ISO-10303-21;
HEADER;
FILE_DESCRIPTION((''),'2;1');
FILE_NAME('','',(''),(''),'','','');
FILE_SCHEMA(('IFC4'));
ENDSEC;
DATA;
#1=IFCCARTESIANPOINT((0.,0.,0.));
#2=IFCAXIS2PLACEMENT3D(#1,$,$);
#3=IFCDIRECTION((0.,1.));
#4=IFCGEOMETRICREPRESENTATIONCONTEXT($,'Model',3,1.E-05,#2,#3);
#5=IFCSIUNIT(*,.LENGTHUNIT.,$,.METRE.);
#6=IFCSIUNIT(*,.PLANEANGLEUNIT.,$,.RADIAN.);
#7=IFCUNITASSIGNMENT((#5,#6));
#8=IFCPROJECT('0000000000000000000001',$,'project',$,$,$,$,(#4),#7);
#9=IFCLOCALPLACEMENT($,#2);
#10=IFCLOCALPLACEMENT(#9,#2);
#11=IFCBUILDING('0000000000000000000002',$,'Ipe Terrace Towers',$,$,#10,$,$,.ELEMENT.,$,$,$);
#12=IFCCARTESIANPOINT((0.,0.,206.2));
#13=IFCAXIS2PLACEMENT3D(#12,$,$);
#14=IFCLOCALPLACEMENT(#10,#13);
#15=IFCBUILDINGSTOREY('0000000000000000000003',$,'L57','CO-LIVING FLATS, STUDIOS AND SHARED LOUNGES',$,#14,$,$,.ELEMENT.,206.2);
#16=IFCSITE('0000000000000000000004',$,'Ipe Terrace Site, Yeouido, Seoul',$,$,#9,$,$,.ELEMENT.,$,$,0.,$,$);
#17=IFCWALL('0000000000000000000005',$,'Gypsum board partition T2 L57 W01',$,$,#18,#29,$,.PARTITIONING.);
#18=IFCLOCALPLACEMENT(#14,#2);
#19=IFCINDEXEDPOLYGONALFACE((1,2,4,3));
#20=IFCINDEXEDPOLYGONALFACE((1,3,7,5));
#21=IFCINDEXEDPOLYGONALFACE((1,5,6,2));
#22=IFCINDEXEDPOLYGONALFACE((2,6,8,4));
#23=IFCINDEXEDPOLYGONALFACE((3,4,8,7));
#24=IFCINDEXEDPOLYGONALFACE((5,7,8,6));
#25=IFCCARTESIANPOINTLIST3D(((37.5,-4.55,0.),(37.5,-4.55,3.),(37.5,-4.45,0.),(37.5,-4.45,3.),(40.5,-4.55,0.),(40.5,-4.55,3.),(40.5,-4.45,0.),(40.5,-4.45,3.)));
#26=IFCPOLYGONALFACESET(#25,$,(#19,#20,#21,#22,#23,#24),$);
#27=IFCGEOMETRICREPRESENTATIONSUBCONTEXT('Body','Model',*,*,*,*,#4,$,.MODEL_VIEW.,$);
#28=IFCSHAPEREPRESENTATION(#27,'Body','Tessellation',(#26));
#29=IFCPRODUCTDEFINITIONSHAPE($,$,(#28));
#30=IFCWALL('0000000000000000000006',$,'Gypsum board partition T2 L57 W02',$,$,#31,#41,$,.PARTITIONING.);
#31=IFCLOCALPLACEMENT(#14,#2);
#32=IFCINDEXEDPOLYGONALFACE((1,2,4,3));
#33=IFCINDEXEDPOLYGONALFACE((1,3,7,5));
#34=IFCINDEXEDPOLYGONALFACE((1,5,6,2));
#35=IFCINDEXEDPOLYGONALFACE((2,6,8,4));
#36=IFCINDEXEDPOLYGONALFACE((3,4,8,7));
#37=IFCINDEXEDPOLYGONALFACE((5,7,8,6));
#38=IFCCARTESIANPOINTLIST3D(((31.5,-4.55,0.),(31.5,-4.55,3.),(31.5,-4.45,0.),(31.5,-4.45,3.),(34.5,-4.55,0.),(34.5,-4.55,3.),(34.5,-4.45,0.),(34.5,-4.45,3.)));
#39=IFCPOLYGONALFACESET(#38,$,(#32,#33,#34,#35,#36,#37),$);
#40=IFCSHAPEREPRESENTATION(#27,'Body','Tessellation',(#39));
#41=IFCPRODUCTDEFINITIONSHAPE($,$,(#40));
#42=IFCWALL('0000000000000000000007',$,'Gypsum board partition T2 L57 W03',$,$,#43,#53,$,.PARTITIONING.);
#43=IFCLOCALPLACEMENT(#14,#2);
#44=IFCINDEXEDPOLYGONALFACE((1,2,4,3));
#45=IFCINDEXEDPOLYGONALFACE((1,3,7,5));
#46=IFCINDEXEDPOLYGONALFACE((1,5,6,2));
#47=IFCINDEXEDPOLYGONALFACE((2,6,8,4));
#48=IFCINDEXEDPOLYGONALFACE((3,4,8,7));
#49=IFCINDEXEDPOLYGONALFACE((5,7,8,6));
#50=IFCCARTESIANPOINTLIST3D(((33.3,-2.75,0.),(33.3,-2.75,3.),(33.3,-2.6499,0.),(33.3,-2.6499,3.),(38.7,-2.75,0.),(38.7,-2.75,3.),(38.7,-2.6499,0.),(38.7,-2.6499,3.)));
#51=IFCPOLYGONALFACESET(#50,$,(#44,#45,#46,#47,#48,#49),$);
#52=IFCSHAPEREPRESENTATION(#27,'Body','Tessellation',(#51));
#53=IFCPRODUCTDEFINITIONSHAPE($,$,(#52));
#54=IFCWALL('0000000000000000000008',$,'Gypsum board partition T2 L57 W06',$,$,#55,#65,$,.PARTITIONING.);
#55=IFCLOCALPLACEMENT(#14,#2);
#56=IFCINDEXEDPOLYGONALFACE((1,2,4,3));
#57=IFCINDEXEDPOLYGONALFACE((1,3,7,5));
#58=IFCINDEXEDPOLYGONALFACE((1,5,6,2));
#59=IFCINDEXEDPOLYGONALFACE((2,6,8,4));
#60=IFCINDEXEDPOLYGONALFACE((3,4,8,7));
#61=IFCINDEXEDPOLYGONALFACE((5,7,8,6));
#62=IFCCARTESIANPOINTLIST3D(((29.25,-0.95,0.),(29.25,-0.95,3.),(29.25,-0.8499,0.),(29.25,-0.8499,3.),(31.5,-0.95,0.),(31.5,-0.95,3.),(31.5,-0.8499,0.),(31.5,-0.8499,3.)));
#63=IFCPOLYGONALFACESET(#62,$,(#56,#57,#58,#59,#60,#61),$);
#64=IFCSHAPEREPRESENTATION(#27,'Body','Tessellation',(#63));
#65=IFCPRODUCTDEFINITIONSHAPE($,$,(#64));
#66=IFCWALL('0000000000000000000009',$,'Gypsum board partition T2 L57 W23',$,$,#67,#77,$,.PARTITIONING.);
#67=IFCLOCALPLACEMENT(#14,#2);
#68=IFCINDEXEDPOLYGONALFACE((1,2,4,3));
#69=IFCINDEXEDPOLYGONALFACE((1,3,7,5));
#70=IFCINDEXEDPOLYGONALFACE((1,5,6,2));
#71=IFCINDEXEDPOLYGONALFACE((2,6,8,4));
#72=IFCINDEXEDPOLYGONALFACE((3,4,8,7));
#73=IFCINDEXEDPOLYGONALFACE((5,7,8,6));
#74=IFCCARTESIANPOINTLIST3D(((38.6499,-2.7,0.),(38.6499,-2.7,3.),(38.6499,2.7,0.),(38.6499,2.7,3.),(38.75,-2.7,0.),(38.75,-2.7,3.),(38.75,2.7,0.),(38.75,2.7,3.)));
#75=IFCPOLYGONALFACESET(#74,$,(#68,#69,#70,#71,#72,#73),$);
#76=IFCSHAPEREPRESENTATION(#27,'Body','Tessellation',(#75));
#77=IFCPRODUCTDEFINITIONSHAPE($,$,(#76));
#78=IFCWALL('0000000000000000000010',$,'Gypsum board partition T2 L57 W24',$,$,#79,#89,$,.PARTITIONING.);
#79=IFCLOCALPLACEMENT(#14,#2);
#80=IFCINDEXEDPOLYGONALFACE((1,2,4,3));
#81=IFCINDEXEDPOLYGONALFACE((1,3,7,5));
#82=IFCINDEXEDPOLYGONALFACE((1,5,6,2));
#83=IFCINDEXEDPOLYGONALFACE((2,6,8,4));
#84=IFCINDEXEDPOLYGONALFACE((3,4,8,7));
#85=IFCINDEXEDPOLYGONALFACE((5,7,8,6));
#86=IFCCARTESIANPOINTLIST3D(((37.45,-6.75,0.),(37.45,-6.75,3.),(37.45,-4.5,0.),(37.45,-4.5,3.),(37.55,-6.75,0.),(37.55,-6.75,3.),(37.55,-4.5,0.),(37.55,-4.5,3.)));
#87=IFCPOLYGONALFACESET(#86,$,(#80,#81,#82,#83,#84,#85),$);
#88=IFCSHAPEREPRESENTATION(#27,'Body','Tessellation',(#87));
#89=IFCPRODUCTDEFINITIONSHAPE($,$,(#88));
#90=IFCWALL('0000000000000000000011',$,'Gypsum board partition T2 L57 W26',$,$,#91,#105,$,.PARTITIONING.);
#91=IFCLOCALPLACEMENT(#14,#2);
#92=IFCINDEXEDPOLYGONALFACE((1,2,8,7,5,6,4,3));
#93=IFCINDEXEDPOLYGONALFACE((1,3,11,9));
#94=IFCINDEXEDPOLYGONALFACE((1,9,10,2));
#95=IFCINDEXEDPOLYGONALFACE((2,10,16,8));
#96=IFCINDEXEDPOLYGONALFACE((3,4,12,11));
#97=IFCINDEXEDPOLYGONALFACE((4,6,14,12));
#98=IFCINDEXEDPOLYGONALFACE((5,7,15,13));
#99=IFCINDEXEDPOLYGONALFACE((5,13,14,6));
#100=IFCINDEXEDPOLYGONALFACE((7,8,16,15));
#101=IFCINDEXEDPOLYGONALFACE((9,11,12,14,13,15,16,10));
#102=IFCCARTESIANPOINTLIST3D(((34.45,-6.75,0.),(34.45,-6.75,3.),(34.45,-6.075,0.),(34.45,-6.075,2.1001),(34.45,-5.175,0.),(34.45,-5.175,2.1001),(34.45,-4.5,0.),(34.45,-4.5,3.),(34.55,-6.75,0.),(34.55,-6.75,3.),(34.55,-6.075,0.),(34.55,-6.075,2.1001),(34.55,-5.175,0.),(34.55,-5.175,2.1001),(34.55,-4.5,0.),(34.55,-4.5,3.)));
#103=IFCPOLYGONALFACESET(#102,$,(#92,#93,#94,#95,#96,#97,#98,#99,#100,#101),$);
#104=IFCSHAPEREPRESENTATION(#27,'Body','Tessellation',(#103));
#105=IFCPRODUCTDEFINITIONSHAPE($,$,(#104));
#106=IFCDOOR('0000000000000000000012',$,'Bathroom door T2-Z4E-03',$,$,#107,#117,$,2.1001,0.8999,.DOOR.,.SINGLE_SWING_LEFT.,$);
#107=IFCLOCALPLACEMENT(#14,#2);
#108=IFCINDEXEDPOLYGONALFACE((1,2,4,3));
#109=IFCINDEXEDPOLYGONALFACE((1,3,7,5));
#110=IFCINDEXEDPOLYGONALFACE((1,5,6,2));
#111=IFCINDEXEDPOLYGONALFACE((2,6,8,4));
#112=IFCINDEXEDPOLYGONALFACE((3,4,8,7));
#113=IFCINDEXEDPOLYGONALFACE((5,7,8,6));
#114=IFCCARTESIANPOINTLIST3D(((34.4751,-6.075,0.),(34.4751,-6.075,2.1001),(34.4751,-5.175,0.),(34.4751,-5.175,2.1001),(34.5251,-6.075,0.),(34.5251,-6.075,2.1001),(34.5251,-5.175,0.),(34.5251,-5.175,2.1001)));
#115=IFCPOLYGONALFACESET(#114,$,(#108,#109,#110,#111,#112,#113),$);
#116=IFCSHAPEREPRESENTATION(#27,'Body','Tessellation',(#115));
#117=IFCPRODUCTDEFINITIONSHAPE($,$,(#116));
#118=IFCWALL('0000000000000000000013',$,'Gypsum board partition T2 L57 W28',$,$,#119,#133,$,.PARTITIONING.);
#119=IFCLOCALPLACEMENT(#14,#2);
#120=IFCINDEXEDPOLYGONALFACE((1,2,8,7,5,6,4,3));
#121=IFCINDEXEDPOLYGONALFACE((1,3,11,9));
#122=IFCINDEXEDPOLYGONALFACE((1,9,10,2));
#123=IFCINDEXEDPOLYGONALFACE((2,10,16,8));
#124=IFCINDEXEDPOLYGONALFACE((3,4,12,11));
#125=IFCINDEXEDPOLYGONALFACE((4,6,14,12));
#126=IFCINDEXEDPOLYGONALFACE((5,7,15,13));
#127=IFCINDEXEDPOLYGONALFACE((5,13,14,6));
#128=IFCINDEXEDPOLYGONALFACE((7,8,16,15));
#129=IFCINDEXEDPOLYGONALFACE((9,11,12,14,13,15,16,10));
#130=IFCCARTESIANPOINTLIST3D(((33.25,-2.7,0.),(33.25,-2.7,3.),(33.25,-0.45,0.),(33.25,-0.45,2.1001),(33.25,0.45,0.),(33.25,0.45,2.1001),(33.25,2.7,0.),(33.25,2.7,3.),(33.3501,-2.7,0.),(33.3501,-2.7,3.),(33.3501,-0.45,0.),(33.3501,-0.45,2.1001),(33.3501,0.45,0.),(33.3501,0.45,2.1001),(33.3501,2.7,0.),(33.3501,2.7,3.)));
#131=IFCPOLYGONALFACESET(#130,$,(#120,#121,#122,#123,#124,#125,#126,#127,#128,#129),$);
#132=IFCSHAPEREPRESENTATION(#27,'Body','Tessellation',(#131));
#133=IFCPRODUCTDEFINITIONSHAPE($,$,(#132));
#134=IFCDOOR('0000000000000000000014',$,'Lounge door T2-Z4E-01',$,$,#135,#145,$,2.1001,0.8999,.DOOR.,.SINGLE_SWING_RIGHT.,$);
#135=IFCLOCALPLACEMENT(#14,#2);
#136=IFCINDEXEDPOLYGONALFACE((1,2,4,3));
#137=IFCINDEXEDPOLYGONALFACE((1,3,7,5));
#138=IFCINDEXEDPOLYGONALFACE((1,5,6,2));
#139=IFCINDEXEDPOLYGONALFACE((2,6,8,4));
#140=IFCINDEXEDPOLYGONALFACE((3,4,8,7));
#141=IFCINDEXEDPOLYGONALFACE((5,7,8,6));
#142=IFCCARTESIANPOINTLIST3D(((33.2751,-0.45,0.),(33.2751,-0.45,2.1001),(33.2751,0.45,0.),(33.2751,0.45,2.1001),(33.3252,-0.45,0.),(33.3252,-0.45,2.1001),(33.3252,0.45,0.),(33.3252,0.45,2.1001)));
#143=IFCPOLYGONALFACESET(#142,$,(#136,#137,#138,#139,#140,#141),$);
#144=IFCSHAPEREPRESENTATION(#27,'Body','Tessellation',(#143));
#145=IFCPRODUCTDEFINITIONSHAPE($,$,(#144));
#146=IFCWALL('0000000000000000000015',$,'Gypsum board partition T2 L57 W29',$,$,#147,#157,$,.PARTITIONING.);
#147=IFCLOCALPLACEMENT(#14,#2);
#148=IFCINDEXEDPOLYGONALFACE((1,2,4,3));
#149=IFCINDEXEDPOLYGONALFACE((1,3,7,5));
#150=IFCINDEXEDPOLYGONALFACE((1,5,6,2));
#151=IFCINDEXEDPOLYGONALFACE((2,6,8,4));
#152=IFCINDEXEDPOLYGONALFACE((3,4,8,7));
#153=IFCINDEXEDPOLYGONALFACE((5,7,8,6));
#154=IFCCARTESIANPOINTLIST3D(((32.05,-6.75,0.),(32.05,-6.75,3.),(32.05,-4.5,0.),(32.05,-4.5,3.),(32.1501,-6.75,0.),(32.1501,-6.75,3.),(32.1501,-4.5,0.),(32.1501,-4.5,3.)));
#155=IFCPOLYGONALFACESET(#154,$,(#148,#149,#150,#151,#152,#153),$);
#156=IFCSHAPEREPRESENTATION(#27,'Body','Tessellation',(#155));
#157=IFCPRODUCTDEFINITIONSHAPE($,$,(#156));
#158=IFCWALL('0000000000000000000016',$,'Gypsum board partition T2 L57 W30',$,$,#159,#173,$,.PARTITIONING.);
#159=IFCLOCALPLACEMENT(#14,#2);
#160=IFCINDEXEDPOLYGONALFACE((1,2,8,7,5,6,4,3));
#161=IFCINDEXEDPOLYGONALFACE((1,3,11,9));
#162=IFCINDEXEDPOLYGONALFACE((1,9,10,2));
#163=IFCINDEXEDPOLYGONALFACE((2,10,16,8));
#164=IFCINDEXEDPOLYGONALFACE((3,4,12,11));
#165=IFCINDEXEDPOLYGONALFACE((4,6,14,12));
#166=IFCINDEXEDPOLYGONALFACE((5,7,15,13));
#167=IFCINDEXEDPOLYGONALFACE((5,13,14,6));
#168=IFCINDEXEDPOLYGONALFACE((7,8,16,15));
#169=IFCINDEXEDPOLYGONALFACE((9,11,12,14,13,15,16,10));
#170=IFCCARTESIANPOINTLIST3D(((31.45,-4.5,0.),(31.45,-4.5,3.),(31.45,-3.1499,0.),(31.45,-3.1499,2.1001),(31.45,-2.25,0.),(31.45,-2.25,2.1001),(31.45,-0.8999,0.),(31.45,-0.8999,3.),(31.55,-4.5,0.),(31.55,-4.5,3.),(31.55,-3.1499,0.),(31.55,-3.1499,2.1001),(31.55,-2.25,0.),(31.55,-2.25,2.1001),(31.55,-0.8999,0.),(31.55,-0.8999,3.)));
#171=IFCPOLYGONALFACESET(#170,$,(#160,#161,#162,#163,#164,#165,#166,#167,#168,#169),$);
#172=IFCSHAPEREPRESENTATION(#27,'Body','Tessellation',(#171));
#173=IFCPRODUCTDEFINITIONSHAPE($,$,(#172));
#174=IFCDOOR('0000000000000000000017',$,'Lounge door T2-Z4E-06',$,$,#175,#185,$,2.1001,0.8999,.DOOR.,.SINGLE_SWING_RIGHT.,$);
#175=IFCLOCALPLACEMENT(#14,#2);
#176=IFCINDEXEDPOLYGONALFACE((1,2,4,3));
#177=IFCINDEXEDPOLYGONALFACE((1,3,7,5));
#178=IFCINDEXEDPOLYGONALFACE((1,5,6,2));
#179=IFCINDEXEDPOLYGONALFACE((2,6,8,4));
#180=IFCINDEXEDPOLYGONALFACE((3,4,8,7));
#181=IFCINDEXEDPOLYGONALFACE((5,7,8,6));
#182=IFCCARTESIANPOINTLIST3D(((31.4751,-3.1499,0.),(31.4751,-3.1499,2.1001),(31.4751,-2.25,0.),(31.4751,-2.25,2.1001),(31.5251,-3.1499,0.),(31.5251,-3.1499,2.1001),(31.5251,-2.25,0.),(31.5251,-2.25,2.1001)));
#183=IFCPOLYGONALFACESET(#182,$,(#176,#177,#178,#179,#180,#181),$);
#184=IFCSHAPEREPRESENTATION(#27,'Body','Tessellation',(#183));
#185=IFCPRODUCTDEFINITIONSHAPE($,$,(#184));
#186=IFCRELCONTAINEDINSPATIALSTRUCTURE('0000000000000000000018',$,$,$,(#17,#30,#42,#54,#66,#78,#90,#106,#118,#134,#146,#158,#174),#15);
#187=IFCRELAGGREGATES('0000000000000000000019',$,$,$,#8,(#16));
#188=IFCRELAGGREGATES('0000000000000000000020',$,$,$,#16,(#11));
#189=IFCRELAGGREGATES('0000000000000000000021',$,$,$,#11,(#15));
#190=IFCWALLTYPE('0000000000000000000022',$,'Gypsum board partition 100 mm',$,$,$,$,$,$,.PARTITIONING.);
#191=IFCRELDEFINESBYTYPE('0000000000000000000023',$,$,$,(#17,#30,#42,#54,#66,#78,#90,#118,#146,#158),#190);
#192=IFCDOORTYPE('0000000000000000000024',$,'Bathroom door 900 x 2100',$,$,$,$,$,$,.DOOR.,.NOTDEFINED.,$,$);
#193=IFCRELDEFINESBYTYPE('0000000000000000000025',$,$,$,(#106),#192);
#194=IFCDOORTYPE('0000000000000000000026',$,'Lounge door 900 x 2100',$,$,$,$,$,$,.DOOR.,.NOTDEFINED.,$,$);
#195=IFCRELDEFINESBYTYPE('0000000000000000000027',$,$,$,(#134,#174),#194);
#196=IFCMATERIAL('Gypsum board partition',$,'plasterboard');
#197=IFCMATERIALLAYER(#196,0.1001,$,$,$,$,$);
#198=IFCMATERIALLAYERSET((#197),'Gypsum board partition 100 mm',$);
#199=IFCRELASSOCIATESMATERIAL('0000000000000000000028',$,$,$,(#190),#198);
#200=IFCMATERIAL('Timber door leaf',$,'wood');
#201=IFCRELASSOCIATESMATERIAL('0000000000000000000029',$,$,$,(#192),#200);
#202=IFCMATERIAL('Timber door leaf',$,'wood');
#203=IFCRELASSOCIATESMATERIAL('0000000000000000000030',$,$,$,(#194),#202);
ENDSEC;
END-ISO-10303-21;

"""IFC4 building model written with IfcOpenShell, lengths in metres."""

from ifc_helpers import new_model, si_unit, direction, frame, frame_2d, origin, place, context, subcontext, project, spatial, rectangle, extrude, material, layer, layer_set, type_object, element, fill, save


model = new_model("IFC4")

# Units and contexts
model_context = context("Model", 3, precision=1e-05, world=origin(), true_north=direction((0.0, 1.0)))
body_context = subcontext(model_context, "Body", "Model", "MODEL_VIEW")
ifc_project = project(units=[si_unit("LENGTHUNIT", "METRE"), si_unit("PLANEANGLEUNIT", "RADIAN")], contexts=[model_context])

# Site, building, storey
site_placement = place(None, origin())
site = spatial("IfcSite", under=ifc_project, at=site_placement, Name="Ipe Terrace Site, Yeouido, Seoul", CompositionType="ELEMENT", RefElevation=0.0)
building_placement = place(site_placement, origin())
building = spatial("IfcBuilding", under=site, at=building_placement, Name="Ipe Terrace Towers", CompositionType="ELEMENT")
storey_placement = place(building_placement, frame((0.0, 0.0, 206.2)))
storey = spatial("IfcBuildingStorey", under=building, at=storey_placement, Name="L57", Description="CO-LIVING FLATS, STUDIOS AND SHARED LOUNGES", CompositionType="ELEMENT", Elevation=206.2)

# Walls
ifc_material_1 = material(Name="Gypsum board partition", Category="plasterboard")
ifc_layer_1 = layer(ifc_material_1, 0.1001)
ifc_layer_set_1 = layer_set([ifc_layer_1], Name="Gypsum board partition 100 mm")
wall_type_1 = type_object("IfcWallType", Name="Gypsum board partition 100 mm", PredefinedType="PARTITIONING", material=ifc_layer_set_1)
for number, where, z_axis, x_axis, name in (
    (1, (40.5, -4.5, 0.0), (0.0, 0.0, 1.0), (-1.0, 0.0, 0.0), "Gypsum board partition T2 L57 W01"),
    (2, (34.5, -4.5, 0.0), (0.0, 0.0, 1.0), (-1.0, 0.0, 0.0), "Gypsum board partition T2 L57 W02"),
):
    element("IfcWall", number, at=place(storey_placement, frame(where, z_axis=z_axis, x_axis=x_axis)), inside=storey, type_object=wall_type_1, Name=name, PredefinedType="PARTITIONING", context=body_context, shape_type="SweptSolid", body=[
        extrude(rectangle(XDim=3.0, YDim=0.1001, at=frame_2d((1.5, 0.0))), origin(), (0.0, 0.0, 1.0), 3.0),
    ])
wall_1_placement = place(storey_placement, frame((38.7, -2.7, 0.0), z_axis=(0.0, 0.0, 1.0), x_axis=(-1.0, 0.0, 0.0)))
element("IfcWall", 3, at=wall_1_placement, inside=storey, type_object=wall_type_1, Name="Gypsum board partition T2 L57 W03", PredefinedType="PARTITIONING", context=body_context, shape_type="SweptSolid", body=[
    extrude(rectangle(XDim=5.3999, YDim=0.1001, at=frame_2d((2.7, 0.0))), origin(), (0.0, 0.0, 1.0), 3.0),
])
wall_2_placement = place(storey_placement, frame((31.5, -0.8999, 0.0), z_axis=(0.0, 0.0, 1.0), x_axis=(-1.0, 0.0, 0.0)))
element("IfcWall", 4, at=wall_2_placement, inside=storey, type_object=wall_type_1, Name="Gypsum board partition T2 L57 W06", PredefinedType="PARTITIONING", context=body_context, shape_type="SweptSolid", body=[
    extrude(rectangle(XDim=2.25, YDim=0.1001, at=frame_2d((1.125, 0.0))), origin(), (0.0, 0.0, 1.0), 3.0),
])
wall_3_placement = place(storey_placement, frame((38.7, -2.7, 0.0), z_axis=(0.0, 0.0, 1.0), x_axis=(0.0, 1.0, 0.0)))
element("IfcWall", 5, at=wall_3_placement, inside=storey, type_object=wall_type_1, Name="Gypsum board partition T2 L57 W23", PredefinedType="PARTITIONING", context=body_context, shape_type="SweptSolid", body=[
    extrude(rectangle(XDim=5.3999, YDim=0.1001, at=frame_2d((2.7, 0.0))), origin(), (0.0, 0.0, 1.0), 3.0),
])
wall_4_placement = place(storey_placement, frame((37.5, -6.75, 0.0), z_axis=(0.0, 0.0, 1.0), x_axis=(0.0, 1.0, 0.0)))
element("IfcWall", 6, at=wall_4_placement, inside=storey, type_object=wall_type_1, Name="Gypsum board partition T2 L57 W24", PredefinedType="PARTITIONING", context=body_context, shape_type="SweptSolid", body=[
    extrude(rectangle(XDim=2.25, YDim=0.1001, at=frame_2d((1.125, 0.0))), origin(), (0.0, 0.0, 1.0), 3.0),
])

# Walls, openings, doors
wall_5_placement = place(storey_placement, frame((34.5, -6.75, 0.0), z_axis=(0.0, 0.0, 1.0), x_axis=(0.0, 1.0, 0.0)))
wall_5 = element("IfcWall", 7, at=wall_5_placement, inside=storey, type_object=wall_type_1, Name="Gypsum board partition T2 L57 W26", PredefinedType="PARTITIONING", context=body_context, shape_type="SweptSolid", body=[
    extrude(rectangle(XDim=2.25, YDim=0.1001, at=frame_2d((1.125, 0.0))), origin(), (0.0, 0.0, 1.0), 3.0),
])
opening_1_placement = place(wall_5_placement, frame((0.675, 0.0, 0.0)))
opening_1 = element("IfcOpeningElement", 8, at=opening_1_placement, cuts=wall_5, PredefinedType="OPENING", context=body_context, shape_type="SweptSolid", body=[
    extrude(rectangle(XDim=0.8999, YDim=2.1001, at=frame_2d((0.45, 1.05))), frame((0.0, 0.0601, 0.0), z_axis=(0.0, -1.0, 0.0), x_axis=(1.0, 0.0, 0.0)), (0.0, 0.0, 1.0), 0.1201),
])
ifc_material_2 = material(Name="Timber door leaf", Category="wood")
door_type_1 = type_object("IfcDoorType", Name="Bathroom door 900 x 2100", OperationType="NOTDEFINED", PredefinedType="DOOR", material=ifc_material_2)
door_1_placement = place(opening_1_placement, origin())
door_1 = element("IfcDoor", 9, at=door_1_placement, inside=storey, type_object=door_type_1, Name="Bathroom door T2-Z4E-03", OperationType="SINGLE_SWING_LEFT", OverallHeight=2.1001, OverallWidth=0.8999, PredefinedType="DOOR", context=body_context, shape_type="SweptSolid", body=[
    extrude(rectangle(XDim=0.8999, YDim=2.1001, at=frame_2d((0.45, 1.05))), frame((0.0, 0.0249, 0.0), z_axis=(0.0, -1.0, 0.0), x_axis=(1.0, 0.0, 0.0)), (0.0, 0.0, 1.0), 0.05),
])
fill(opening_1, door_1)
wall_6_placement = place(storey_placement, frame((33.3, -2.7, 0.0), z_axis=(0.0, 0.0, 1.0), x_axis=(0.0, 1.0, 0.0)))
wall_6 = element("IfcWall", 10, at=wall_6_placement, inside=storey, type_object=wall_type_1, Name="Gypsum board partition T2 L57 W28", PredefinedType="PARTITIONING", context=body_context, shape_type="SweptSolid", body=[
    extrude(rectangle(XDim=5.3999, YDim=0.1001, at=frame_2d((2.7, 0.0))), origin(), (0.0, 0.0, 1.0), 3.0),
])
opening_2_placement = place(wall_6_placement, frame((2.25, 0.0, 0.0)))
opening_2 = element("IfcOpeningElement", 11, at=opening_2_placement, cuts=wall_6, PredefinedType="OPENING", context=body_context, shape_type="SweptSolid", body=[
    extrude(rectangle(XDim=0.8999, YDim=2.1001, at=frame_2d((0.45, 1.05))), frame((0.0, 0.0601, 0.0), z_axis=(0.0, -1.0, 0.0), x_axis=(1.0, 0.0, 0.0)), (0.0, 0.0, 1.0), 0.1201),
])
ifc_material_3 = material(Name="Timber door leaf", Category="wood")
door_type_2 = type_object("IfcDoorType", Name="Lounge door 900 x 2100", OperationType="NOTDEFINED", PredefinedType="DOOR", material=ifc_material_3)
door_2_placement = place(opening_2_placement, origin())
door_2 = element("IfcDoor", 12, at=door_2_placement, inside=storey, type_object=door_type_2, Name="Lounge door T2-Z4E-01", OperationType="SINGLE_SWING_RIGHT", OverallHeight=2.1001, OverallWidth=0.8999, PredefinedType="DOOR", context=body_context, shape_type="SweptSolid", body=[
    extrude(rectangle(XDim=0.8999, YDim=2.1001, at=frame_2d((0.45, 1.05))), frame((0.0, 0.0249, 0.0), z_axis=(0.0, -1.0, 0.0), x_axis=(1.0, 0.0, 0.0)), (0.0, 0.0, 1.0), 0.05),
])
fill(opening_2, door_2)

# Wall
wall_7_placement = place(storey_placement, frame((32.1001, -6.75, 0.0), z_axis=(0.0, 0.0, 1.0), x_axis=(0.0, 1.0, 0.0)))
element("IfcWall", 13, at=wall_7_placement, inside=storey, type_object=wall_type_1, Name="Gypsum board partition T2 L57 W29", PredefinedType="PARTITIONING", context=body_context, shape_type="SweptSolid", body=[
    extrude(rectangle(XDim=2.25, YDim=0.1001, at=frame_2d((1.125, 0.0))), origin(), (0.0, 0.0, 1.0), 3.0),
])

# Wall, opening, door
wall_8_placement = place(storey_placement, frame((31.5, -4.5, 0.0), z_axis=(0.0, 0.0, 1.0), x_axis=(0.0, 1.0, 0.0)))
wall_8 = element("IfcWall", 14, at=wall_8_placement, inside=storey, type_object=wall_type_1, Name="Gypsum board partition T2 L57 W30", PredefinedType="PARTITIONING", context=body_context, shape_type="SweptSolid", body=[
    extrude(rectangle(XDim=3.6001, YDim=0.1001, at=frame_2d((1.8, 0.0))), origin(), (0.0, 0.0, 1.0), 3.0),
])
opening_3_placement = place(wall_8_placement, frame((1.3501, 0.0, 0.0)))
opening_3 = element("IfcOpeningElement", 15, at=opening_3_placement, cuts=wall_8, PredefinedType="OPENING", context=body_context, shape_type="SweptSolid", body=[
    extrude(rectangle(XDim=0.8999, YDim=2.1001, at=frame_2d((0.45, 1.05))), frame((0.0, 0.0601, 0.0), z_axis=(0.0, -1.0, 0.0), x_axis=(1.0, 0.0, 0.0)), (0.0, 0.0, 1.0), 0.1201),
])
door_3_placement = place(opening_3_placement, origin())
door_3 = element("IfcDoor", 16, at=door_3_placement, inside=storey, type_object=door_type_2, Name="Lounge door T2-Z4E-06", OperationType="SINGLE_SWING_RIGHT", OverallHeight=2.1001, OverallWidth=0.8999, PredefinedType="DOOR", context=body_context, shape_type="SweptSolid", body=[
    extrude(rectangle(XDim=0.8999, YDim=2.1001, at=frame_2d((0.45, 1.05))), frame((0.0, 0.0249, 0.0), z_axis=(0.0, -1.0, 0.0), x_axis=(1.0, 0.0, 0.0)), (0.0, 0.0, 1.0), 0.05),
])
fill(opening_3, door_3)

save(model, "model.ifc")
